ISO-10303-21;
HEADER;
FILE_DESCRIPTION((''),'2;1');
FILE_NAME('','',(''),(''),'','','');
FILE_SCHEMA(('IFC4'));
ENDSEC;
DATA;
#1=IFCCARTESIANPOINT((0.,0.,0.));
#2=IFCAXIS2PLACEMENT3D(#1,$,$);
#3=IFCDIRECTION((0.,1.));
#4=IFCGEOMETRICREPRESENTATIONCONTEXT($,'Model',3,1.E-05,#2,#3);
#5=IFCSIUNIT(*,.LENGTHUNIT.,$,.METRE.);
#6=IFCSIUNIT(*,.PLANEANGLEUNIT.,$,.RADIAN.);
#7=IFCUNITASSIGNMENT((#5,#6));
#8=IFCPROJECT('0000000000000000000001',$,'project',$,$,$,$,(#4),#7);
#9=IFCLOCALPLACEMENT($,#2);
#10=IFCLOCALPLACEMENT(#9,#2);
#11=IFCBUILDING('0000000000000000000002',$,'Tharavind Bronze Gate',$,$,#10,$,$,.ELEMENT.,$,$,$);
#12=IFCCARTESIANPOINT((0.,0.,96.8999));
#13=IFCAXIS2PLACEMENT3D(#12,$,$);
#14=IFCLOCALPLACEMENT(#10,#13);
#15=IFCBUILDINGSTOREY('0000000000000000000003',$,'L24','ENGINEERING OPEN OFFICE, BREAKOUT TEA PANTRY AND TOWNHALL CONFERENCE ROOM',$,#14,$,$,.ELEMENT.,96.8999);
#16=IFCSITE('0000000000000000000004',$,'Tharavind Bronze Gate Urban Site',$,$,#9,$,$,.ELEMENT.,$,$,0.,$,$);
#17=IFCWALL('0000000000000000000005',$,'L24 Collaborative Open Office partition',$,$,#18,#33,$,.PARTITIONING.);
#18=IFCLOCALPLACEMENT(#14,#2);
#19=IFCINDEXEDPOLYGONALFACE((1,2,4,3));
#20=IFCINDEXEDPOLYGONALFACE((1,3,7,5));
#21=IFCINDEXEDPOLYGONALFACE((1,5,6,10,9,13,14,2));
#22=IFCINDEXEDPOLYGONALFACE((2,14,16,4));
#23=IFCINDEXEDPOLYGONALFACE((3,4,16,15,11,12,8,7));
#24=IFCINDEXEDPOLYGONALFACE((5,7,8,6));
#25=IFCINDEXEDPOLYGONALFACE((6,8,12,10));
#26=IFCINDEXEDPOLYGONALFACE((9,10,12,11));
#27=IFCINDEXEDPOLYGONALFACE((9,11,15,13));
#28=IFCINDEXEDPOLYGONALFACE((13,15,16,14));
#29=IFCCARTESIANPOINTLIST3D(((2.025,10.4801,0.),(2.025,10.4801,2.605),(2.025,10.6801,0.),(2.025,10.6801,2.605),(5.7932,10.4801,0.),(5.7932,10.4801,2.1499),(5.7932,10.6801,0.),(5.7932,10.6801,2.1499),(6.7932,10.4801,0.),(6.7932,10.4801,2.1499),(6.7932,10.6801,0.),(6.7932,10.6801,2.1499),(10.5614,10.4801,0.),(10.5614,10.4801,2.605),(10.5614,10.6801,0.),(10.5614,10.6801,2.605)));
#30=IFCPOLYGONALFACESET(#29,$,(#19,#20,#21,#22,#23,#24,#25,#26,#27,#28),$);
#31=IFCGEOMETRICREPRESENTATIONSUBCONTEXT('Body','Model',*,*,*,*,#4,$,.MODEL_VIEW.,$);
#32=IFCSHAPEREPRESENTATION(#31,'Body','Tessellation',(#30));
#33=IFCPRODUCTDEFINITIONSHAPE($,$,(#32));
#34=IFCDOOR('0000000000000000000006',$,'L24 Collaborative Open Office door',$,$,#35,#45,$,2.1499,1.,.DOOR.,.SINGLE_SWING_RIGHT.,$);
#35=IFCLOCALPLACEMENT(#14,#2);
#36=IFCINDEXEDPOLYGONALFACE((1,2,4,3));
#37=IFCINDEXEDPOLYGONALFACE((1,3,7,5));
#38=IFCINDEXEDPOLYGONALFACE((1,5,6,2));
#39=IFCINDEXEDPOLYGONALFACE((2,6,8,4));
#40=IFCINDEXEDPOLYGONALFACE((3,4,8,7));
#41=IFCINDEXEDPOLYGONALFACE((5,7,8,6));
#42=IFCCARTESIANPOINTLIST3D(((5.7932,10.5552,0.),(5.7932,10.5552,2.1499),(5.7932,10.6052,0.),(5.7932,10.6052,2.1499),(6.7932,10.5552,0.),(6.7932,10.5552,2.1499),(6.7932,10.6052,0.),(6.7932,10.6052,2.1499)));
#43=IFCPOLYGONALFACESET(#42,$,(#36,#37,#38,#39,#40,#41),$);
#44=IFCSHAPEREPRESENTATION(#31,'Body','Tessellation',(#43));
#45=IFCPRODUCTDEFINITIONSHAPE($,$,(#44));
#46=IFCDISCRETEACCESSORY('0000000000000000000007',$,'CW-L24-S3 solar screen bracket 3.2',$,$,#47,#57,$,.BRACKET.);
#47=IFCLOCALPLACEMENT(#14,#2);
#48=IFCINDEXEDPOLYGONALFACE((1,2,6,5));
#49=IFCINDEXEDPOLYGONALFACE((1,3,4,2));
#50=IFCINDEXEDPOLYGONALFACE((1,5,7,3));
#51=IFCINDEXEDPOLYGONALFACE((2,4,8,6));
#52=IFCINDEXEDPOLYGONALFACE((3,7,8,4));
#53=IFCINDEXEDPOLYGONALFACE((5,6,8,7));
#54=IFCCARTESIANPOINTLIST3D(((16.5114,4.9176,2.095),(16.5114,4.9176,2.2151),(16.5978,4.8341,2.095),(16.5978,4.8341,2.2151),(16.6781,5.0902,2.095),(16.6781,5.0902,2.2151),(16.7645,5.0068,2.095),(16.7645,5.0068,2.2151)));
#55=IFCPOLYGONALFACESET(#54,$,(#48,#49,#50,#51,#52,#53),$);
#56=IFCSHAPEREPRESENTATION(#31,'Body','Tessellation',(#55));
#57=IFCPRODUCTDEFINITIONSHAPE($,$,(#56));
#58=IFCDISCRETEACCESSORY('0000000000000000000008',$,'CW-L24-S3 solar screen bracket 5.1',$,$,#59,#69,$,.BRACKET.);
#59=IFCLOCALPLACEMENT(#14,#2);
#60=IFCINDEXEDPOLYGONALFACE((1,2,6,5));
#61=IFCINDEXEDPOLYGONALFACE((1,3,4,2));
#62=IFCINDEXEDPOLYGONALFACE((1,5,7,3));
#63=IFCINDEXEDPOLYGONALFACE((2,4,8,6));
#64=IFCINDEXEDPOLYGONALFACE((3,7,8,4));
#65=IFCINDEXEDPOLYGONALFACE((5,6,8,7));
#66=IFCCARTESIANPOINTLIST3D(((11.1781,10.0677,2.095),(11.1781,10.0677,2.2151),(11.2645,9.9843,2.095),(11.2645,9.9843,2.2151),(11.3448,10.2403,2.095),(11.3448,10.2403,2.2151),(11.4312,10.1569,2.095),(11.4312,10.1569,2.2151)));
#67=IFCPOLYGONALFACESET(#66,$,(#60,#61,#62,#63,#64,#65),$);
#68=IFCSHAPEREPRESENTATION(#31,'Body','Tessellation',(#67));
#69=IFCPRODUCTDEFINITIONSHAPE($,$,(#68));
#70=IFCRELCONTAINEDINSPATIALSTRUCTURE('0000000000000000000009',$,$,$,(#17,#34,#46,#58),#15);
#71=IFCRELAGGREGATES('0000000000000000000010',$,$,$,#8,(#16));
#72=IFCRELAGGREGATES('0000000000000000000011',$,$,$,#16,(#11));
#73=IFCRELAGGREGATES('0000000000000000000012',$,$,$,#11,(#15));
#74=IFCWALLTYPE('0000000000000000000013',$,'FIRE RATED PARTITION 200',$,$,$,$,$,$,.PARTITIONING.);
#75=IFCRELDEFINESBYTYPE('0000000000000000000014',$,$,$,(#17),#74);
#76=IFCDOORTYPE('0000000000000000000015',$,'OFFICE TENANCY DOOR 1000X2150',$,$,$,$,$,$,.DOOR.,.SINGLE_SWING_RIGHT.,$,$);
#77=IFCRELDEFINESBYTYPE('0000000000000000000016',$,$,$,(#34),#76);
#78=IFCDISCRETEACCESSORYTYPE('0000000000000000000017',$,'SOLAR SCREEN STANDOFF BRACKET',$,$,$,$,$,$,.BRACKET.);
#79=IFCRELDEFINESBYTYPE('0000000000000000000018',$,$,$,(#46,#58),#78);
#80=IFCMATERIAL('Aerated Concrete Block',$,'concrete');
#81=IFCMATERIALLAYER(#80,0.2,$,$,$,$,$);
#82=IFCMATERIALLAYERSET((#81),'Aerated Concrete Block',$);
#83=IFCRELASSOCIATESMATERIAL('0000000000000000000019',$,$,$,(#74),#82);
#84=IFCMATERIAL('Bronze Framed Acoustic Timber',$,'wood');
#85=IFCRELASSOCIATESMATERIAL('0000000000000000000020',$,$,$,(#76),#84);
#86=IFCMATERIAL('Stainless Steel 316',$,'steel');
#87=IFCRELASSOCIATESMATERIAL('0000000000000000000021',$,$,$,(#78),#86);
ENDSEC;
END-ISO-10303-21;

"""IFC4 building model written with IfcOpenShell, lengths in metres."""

from ifc_helpers import new_model, si_unit, direction, frame, frame_2d, origin, origin_2d, place, context, subcontext, project, spatial, rectangle, extrude, material, layer, layer_set, type_object, element, fill, save


model = new_model("IFC4")

# Units and contexts
model_context = context("Model", 3, precision=1e-05, world=origin(), true_north=direction((0.0, 1.0)))
body_context = subcontext(model_context, "Body", "Model", "MODEL_VIEW")
ifc_project = project(units=[si_unit("LENGTHUNIT", "METRE"), si_unit("PLANEANGLEUNIT", "RADIAN")], contexts=[model_context])

# Site, building, storey
site_placement = place(None, origin())
site = spatial("IfcSite", under=ifc_project, at=site_placement, Name="Tharavind Bronze Gate Urban Site", CompositionType="ELEMENT", RefElevation=0.0)
building_placement = place(site_placement, origin())
building = spatial("IfcBuilding", under=site, at=building_placement, Name="Tharavind Bronze Gate", CompositionType="ELEMENT")
storey_placement = place(building_placement, frame((0.0, 0.0, 96.8999)))
storey = spatial("IfcBuildingStorey", under=building, at=storey_placement, Name="L24", Description="ENGINEERING OPEN OFFICE, BREAKOUT TEA PANTRY AND TOWNHALL CONFERENCE ROOM", CompositionType="ELEMENT", Elevation=96.8999)

# Shared definitions
ifc_material_1 = material(Name="Aerated Concrete Block", Category="concrete")
ifc_layer_1 = layer(ifc_material_1, 0.2)
ifc_layer_set_1 = layer_set([ifc_layer_1], Name="Aerated Concrete Block")
wall_type = type_object("IfcWallType", Name="FIRE RATED PARTITION 200", PredefinedType="PARTITIONING", material=ifc_layer_set_1)

# Wall, opening, door
wall_1_placement = place(storey_placement, frame((10.5613, 10.5801, 0.0), z_axis=(0.0, 0.0, 1.0), x_axis=(-1.0, 0.0, 0.0)))
wall_1 = element("IfcWall", 1, at=wall_1_placement, inside=storey, type_object=wall_type, Name="L24 Collaborative Open Office partition", PredefinedType="PARTITIONING", context=body_context, shape_type="SweptSolid", body=[
    extrude(rectangle(XDim=8.5364, YDim=0.2, at=frame_2d((4.2681, 0.0))), origin(), (0.0, 0.0, 1.0), 2.605),
])
opening_1_placement = place(wall_1_placement, frame((3.7681, 0.0, 0.0)))
opening_1 = element("IfcOpeningElement", 2, at=opening_1_placement, cuts=wall_1, PredefinedType="OPENING", context=body_context, shape_type="SweptSolid", body=[
    extrude(rectangle(XDim=1.0, YDim=2.1499, at=frame_2d((0.5, 1.075))), frame((0.0, 0.1101, 0.0), z_axis=(0.0, -1.0, 0.0), x_axis=(1.0, 0.0, 0.0)), (0.0, 0.0, 1.0), 0.22),
])
ifc_material_2 = material(Name="Bronze Framed Acoustic Timber", Category="wood")
door_type_1 = type_object("IfcDoorType", Name="OFFICE TENANCY DOOR 1000X2150", OperationType="SINGLE_SWING_RIGHT", PredefinedType="DOOR", material=ifc_material_2)
door_1_placement = place(opening_1_placement, origin())
door_1 = element("IfcDoor", 3, at=door_1_placement, inside=storey, type_object=door_type_1, Name="L24 Collaborative Open Office door", OperationType="SINGLE_SWING_RIGHT", OverallHeight=2.1499, OverallWidth=1.0, PredefinedType="DOOR", context=body_context, shape_type="SweptSolid", body=[
    extrude(rectangle(XDim=1.0, YDim=2.1499, at=frame_2d((0.5, 1.075))), frame((0.0, 0.0249, 0.0), z_axis=(0.0, -1.0, 0.0), x_axis=(1.0, 0.0, 0.0)), (0.0, 0.0, 1.0), 0.05),
])
fill(opening_1, door_1)

# Discrete accessories
ifc_material_3 = material(Name="Stainless Steel 316", Category="steel")
discrete_accessory_type = type_object("IfcDiscreteAccessoryType", Name="SOLAR SCREEN STANDOFF BRACKET", PredefinedType="BRACKET", material=ifc_material_3)
for number, where, z_axis, x_axis, name in (
    (4, (16.6379, 4.9622, 2.095), (0.0, 0.0, 1.0), (-0.719341, 0.694657, 0.0), "CW-L24-S3 solar screen bracket 3.2"),
    (5, (11.3047, 10.1123, 2.095), (0.0, 0.0, 1.0), (-0.719341, 0.694657, 0.0), "CW-L24-S3 solar screen bracket 5.1"),
):
    element("IfcDiscreteAccessory", number, at=place(storey_placement, frame(where, z_axis=z_axis, x_axis=x_axis)), inside=storey, type_object=discrete_accessory_type, Name=name, PredefinedType="BRACKET", context=body_context, shape_type="SweptSolid", body=[
        extrude(rectangle(XDim=0.1201, YDim=0.24, at=origin_2d()), origin(), (0.0, 0.0, 1.0), 0.1201),
    ])

save(model, "model.ifc")
